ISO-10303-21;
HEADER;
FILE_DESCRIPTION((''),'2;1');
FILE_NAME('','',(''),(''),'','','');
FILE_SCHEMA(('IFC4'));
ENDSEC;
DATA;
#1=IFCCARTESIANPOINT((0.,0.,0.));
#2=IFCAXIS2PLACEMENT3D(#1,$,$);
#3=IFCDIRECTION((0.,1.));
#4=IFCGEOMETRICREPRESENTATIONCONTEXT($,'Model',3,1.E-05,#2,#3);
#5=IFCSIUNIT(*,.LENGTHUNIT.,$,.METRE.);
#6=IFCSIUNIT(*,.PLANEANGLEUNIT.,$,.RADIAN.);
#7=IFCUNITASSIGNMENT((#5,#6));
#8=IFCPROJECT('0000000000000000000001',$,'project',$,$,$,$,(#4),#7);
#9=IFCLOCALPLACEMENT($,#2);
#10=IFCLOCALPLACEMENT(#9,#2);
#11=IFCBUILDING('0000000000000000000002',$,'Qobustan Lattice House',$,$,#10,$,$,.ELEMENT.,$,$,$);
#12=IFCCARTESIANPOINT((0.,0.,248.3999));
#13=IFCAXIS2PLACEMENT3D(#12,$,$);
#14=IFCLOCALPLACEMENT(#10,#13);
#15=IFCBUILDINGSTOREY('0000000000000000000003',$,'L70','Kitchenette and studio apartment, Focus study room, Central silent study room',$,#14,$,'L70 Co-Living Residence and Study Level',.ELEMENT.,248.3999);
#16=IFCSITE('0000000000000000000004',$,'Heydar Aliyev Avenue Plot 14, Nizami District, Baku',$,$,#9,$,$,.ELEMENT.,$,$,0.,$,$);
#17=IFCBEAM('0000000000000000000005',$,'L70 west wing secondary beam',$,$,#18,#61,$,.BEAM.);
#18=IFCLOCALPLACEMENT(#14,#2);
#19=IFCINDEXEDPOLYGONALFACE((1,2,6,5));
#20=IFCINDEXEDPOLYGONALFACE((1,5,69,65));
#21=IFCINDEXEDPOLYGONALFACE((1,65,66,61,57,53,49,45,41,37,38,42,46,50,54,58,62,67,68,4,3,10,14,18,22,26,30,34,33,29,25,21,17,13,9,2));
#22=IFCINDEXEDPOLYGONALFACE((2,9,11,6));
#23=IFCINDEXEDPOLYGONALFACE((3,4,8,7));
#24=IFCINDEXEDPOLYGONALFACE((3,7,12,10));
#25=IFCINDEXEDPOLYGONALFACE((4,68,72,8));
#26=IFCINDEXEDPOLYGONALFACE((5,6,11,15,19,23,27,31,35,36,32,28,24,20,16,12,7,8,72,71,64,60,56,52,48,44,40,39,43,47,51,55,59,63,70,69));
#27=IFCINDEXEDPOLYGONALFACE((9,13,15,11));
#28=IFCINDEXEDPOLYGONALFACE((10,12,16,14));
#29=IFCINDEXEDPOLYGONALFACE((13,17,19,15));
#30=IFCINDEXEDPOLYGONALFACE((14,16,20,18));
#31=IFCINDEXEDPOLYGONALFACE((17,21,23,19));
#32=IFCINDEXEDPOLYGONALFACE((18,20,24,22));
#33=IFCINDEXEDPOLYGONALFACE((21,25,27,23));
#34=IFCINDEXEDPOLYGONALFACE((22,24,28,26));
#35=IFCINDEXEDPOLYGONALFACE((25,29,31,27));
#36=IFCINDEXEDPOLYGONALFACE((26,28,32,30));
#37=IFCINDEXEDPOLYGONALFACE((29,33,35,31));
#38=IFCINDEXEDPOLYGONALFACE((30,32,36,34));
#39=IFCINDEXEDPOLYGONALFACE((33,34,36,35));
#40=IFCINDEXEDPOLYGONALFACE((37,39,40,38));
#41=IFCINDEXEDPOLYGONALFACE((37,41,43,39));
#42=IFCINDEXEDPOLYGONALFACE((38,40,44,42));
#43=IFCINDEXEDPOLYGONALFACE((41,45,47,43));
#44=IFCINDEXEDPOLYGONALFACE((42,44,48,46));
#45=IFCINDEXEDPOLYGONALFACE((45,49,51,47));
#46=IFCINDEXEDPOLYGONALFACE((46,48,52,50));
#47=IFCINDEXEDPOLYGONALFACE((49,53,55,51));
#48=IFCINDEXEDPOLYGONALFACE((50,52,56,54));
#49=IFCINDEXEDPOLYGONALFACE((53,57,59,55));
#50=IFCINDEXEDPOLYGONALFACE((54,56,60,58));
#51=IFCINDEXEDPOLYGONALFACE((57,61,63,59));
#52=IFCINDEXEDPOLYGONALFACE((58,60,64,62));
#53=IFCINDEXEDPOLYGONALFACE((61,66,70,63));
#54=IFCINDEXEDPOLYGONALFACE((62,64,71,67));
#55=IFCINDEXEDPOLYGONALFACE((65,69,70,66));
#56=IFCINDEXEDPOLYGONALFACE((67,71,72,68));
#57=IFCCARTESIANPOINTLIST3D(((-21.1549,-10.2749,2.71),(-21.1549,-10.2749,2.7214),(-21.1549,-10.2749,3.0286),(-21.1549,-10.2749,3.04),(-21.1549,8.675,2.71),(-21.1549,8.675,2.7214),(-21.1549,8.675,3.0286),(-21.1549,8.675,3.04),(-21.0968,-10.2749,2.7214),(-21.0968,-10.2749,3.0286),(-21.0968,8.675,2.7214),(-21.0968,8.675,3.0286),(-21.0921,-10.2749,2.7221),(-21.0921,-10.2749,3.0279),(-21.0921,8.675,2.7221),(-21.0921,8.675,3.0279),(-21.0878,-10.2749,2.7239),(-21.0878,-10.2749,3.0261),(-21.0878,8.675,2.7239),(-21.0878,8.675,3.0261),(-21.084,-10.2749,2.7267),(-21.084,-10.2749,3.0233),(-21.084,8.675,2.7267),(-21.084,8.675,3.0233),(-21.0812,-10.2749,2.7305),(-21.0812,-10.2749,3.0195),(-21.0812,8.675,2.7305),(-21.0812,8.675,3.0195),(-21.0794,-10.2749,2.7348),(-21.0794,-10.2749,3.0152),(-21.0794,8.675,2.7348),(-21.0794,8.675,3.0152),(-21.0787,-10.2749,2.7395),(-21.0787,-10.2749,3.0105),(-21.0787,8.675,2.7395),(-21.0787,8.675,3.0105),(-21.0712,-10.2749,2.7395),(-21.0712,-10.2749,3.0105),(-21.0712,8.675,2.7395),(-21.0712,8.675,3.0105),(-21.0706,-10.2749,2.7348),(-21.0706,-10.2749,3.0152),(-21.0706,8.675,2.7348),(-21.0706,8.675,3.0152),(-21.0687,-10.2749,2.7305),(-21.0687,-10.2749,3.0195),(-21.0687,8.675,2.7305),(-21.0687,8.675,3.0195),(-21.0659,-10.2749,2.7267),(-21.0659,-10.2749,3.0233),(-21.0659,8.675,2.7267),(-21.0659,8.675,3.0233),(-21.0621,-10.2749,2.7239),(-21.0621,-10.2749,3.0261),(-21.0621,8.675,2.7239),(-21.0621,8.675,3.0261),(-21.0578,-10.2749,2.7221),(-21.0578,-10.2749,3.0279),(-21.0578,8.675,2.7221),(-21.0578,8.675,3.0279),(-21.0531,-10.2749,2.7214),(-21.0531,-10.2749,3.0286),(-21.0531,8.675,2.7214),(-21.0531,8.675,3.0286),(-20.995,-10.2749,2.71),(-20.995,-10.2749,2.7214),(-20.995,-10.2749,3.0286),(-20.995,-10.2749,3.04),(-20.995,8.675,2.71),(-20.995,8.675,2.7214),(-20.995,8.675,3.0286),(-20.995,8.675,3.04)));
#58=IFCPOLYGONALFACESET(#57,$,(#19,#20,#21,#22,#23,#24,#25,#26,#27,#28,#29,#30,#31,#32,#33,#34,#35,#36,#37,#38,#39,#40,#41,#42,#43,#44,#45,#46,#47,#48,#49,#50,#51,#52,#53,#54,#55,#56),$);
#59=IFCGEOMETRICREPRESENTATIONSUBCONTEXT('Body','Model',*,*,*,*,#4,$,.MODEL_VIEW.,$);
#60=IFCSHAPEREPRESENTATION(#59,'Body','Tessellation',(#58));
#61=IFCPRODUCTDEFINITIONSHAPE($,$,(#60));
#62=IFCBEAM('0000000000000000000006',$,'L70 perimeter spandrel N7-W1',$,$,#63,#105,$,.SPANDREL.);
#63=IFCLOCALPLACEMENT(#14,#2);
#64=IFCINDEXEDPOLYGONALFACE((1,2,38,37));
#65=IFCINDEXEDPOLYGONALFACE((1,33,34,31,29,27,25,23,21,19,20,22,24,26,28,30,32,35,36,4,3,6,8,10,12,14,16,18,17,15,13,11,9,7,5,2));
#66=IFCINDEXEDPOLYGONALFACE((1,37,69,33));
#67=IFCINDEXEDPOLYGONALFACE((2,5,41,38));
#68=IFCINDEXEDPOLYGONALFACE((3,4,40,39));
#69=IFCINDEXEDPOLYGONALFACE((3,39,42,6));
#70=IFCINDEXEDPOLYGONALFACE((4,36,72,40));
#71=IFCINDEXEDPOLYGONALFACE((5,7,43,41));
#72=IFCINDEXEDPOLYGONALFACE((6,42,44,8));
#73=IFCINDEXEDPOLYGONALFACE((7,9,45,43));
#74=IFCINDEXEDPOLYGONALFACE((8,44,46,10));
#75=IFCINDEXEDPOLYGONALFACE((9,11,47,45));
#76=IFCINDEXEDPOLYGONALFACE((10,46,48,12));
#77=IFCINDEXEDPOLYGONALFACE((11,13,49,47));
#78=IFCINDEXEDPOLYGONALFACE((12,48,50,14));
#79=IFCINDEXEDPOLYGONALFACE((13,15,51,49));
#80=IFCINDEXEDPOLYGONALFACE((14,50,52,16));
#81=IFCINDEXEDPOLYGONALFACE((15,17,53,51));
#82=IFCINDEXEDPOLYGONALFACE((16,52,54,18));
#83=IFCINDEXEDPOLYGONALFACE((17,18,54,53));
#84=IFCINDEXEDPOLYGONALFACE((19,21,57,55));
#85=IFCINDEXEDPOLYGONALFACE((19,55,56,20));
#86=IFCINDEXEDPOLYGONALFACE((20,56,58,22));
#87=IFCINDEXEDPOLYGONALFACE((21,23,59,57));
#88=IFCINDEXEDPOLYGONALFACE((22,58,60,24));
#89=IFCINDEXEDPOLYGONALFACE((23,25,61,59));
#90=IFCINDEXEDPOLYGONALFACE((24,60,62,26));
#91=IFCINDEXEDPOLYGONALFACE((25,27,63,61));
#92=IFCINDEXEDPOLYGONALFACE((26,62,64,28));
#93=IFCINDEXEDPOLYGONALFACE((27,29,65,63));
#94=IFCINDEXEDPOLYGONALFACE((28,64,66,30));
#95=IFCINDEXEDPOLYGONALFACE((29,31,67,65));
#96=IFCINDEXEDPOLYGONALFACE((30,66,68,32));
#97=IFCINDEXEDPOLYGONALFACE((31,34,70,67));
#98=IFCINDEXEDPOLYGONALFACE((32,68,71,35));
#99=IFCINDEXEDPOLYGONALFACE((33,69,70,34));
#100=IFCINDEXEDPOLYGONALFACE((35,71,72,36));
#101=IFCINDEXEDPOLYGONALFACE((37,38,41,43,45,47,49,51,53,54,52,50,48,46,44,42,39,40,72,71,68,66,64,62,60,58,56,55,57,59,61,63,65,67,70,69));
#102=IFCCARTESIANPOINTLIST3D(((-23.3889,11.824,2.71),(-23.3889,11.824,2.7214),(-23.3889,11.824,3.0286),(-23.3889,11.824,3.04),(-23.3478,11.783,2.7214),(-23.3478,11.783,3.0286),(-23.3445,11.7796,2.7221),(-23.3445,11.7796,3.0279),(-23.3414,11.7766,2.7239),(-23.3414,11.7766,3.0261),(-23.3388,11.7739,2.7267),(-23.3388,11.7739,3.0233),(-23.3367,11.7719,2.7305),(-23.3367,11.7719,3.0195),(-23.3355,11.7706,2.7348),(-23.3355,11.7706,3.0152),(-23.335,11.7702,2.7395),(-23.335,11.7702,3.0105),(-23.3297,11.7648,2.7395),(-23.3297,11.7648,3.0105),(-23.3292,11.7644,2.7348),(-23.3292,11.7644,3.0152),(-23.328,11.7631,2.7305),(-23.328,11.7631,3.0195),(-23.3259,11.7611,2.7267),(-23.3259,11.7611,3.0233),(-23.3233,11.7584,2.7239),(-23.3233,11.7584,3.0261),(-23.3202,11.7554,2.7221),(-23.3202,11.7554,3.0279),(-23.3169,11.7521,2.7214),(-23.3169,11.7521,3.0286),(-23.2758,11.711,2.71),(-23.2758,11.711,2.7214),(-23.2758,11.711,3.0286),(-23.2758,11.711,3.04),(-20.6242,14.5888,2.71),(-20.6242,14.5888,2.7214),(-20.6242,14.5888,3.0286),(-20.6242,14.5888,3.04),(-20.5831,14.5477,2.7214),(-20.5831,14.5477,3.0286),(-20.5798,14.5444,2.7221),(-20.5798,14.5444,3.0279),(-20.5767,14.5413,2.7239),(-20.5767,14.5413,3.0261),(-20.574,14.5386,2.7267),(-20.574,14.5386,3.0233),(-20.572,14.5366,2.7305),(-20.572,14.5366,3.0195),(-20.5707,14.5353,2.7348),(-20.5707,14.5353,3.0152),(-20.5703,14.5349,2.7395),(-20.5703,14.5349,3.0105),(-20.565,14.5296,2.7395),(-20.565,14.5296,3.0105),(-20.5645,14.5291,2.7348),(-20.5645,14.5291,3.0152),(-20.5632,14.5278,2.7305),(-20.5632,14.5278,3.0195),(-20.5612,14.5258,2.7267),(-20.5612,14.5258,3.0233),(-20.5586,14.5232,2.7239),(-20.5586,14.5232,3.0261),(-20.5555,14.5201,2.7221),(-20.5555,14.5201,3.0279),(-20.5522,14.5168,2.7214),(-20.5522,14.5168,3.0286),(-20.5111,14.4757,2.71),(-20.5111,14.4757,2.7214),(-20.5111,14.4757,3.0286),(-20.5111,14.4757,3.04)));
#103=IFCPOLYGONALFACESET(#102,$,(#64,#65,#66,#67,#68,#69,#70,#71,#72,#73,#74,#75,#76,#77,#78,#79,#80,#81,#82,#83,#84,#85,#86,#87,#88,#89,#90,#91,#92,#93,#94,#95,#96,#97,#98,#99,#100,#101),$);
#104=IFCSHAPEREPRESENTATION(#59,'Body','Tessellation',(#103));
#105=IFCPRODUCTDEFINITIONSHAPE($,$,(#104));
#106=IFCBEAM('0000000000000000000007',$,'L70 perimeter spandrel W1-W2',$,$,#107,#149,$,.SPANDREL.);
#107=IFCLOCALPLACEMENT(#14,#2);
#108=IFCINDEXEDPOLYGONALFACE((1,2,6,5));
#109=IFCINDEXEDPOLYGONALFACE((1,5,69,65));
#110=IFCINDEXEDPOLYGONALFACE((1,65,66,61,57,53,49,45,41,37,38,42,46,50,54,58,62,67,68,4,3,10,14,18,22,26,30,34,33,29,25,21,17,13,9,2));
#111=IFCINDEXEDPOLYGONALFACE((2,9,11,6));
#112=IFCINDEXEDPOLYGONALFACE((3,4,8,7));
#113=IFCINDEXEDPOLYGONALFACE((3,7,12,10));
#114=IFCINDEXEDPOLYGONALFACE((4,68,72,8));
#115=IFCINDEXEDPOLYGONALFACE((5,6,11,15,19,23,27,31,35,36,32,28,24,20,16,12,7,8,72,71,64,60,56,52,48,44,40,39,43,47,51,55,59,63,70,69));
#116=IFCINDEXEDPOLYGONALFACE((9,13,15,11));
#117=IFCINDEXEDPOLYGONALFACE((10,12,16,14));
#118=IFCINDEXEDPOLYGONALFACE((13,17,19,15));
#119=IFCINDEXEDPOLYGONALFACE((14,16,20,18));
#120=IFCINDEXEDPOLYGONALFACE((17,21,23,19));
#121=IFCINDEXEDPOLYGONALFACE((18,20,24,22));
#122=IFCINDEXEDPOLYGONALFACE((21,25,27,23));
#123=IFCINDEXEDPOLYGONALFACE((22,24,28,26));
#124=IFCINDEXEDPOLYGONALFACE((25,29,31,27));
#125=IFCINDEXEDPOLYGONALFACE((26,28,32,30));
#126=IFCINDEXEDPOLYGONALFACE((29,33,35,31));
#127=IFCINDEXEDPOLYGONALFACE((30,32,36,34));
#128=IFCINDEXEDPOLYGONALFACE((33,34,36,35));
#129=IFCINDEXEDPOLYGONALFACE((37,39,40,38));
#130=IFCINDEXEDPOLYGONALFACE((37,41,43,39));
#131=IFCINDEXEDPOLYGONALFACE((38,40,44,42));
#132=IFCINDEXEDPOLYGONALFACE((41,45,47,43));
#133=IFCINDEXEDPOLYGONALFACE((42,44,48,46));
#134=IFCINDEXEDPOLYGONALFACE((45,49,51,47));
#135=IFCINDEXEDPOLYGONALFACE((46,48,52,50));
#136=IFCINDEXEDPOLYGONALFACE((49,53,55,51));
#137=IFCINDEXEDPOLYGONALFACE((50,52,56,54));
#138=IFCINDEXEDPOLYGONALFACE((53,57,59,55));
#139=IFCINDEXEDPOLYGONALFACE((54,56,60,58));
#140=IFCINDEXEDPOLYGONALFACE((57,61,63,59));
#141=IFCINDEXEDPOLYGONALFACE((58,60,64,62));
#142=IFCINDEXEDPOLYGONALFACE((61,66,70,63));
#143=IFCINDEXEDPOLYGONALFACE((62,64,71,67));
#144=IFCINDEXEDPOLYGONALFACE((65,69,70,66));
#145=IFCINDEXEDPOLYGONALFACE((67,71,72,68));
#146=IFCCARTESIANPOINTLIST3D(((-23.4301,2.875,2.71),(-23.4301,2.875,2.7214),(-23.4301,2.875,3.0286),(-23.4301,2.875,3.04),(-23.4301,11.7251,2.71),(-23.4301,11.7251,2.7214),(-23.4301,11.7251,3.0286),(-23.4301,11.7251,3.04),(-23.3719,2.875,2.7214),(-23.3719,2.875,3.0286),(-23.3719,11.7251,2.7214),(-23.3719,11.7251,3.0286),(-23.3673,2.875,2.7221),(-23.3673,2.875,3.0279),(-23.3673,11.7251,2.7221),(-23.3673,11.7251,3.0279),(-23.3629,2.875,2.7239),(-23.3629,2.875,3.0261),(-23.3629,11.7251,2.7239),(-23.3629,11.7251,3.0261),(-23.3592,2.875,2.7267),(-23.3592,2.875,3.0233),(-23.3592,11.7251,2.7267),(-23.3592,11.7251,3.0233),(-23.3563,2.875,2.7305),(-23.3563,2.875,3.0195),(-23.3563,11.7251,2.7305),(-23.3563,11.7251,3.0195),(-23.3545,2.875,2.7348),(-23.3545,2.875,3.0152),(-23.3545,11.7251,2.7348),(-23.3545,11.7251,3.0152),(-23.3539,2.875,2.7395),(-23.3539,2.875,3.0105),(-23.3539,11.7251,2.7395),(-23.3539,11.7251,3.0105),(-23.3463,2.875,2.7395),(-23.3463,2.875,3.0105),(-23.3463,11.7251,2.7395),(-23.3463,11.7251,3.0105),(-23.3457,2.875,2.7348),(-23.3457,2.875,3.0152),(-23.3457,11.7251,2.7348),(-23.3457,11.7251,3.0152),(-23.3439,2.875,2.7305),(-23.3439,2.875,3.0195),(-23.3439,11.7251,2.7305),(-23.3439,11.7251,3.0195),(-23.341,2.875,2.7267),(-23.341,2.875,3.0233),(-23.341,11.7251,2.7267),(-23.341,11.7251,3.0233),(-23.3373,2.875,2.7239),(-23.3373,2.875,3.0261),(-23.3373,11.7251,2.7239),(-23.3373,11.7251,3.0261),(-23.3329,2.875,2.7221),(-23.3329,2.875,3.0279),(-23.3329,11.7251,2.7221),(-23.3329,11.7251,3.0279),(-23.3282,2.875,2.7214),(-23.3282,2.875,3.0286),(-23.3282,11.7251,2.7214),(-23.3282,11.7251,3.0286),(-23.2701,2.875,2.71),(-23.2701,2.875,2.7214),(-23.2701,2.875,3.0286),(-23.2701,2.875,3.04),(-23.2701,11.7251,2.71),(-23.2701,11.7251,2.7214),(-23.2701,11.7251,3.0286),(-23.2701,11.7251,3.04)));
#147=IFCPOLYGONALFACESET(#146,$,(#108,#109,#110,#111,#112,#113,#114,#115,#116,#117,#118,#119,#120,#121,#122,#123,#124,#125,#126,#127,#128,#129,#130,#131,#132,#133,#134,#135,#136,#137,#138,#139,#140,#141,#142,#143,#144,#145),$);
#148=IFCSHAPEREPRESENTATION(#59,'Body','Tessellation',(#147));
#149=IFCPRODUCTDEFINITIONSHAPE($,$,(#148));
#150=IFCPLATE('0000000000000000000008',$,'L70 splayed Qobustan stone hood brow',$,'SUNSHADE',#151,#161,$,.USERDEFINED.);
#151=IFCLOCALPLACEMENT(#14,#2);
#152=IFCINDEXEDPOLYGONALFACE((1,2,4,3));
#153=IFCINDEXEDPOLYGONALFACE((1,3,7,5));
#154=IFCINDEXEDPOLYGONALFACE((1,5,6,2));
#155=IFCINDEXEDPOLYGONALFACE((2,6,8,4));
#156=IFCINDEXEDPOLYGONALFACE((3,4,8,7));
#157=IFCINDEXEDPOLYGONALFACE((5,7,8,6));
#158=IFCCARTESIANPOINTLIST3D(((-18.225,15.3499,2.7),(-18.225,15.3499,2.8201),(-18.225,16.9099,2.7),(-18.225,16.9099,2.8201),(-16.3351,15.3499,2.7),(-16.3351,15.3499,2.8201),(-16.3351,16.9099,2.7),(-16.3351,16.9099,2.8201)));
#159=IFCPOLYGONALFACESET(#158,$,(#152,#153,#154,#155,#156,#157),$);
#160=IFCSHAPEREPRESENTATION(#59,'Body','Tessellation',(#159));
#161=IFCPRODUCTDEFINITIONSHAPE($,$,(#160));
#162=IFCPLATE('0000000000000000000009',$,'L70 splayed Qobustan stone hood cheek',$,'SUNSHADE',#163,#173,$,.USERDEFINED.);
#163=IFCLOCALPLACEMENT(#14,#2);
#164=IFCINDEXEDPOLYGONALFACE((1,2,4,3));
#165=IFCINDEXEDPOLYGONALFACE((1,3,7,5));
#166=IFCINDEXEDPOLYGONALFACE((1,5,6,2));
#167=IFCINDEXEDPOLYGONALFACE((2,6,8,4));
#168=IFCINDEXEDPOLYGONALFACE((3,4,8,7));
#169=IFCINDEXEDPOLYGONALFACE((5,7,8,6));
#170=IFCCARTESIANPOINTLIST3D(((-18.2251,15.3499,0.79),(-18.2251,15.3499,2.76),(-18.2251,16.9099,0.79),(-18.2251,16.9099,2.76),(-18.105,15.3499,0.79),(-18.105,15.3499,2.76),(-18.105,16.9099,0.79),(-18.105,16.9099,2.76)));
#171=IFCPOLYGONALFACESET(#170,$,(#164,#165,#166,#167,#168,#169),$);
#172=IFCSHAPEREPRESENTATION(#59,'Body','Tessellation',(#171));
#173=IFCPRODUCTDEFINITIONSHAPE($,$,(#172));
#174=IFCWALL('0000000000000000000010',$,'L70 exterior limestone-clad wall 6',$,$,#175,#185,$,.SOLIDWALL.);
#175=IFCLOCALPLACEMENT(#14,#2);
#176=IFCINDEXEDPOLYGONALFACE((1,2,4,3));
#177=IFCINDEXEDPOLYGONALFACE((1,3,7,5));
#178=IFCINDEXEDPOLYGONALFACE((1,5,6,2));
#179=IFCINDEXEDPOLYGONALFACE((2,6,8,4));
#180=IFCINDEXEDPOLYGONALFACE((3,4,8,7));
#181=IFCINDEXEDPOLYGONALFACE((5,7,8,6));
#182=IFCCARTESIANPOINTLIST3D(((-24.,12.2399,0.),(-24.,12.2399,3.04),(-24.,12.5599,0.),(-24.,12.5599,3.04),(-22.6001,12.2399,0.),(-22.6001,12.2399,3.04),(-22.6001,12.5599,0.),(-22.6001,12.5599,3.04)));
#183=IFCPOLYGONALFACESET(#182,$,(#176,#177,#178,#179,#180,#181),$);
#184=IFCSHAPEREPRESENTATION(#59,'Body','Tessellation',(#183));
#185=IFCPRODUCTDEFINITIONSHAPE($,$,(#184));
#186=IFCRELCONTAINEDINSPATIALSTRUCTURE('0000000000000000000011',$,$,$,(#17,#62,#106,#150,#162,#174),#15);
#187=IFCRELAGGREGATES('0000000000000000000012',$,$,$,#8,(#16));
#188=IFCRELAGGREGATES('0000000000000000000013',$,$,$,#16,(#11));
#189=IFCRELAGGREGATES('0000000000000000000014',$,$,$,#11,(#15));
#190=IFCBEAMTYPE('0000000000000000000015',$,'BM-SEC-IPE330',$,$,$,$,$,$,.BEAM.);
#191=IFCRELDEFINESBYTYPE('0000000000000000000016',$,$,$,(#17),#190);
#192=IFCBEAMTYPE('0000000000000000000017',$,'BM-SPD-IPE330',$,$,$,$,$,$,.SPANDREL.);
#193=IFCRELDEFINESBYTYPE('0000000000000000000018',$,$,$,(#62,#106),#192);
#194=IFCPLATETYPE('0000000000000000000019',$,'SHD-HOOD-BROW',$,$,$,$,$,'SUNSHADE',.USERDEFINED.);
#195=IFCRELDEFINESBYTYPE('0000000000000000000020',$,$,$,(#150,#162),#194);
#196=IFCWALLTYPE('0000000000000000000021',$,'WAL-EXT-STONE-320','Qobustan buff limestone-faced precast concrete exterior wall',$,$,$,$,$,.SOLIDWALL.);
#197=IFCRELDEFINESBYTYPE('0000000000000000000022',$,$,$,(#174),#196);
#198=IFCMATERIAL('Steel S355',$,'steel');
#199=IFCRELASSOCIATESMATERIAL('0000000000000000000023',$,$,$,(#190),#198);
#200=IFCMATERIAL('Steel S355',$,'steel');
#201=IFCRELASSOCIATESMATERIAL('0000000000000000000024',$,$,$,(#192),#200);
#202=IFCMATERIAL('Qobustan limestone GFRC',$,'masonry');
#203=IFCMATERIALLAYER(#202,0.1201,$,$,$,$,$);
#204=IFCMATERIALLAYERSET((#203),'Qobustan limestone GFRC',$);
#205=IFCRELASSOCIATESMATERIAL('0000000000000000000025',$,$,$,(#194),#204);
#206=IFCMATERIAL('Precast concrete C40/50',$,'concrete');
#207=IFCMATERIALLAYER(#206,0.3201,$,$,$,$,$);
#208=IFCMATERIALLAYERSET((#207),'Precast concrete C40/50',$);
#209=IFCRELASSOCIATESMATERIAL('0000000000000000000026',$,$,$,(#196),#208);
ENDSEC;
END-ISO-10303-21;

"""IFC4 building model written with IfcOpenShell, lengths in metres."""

from ifc_helpers import new_model, si_unit, direction, frame, frame_2d, origin, origin_2d, place, context, subcontext, project, spatial, rectangle, i_section, extrude, material, layer, layer_set, material_profile, profile_set, type_object, element, save


model = new_model("IFC4")

# Units and contexts
model_context = context("Model", 3, precision=1e-05, world=origin(), true_north=direction((0.0, 1.0)))
body_context = subcontext(model_context, "Body", "Model", "MODEL_VIEW")
ifc_project = project(units=[si_unit("LENGTHUNIT", "METRE"), si_unit("PLANEANGLEUNIT", "RADIAN")], contexts=[model_context])

# Site, building, storey
site_placement = place(None, origin())
site = spatial("IfcSite", under=ifc_project, at=site_placement, Name="Heydar Aliyev Avenue Plot 14, Nizami District, Baku", CompositionType="ELEMENT", RefElevation=0.0)
building_placement = place(site_placement, origin())
building = spatial("IfcBuilding", under=site, at=building_placement, Name="Qobustan Lattice House", CompositionType="ELEMENT")
storey_placement = place(building_placement, frame((0.0, 0.0, 248.3999)))
storey = spatial("IfcBuildingStorey", under=building, at=storey_placement, Name="L70", Description="Kitchenette and studio apartment, Focus study room, Central silent study room", LongName="L70 Co-Living Residence and Study Level", CompositionType="ELEMENT", Elevation=248.3999)

# Beams
ifc_material_1 = material(Name="Steel S355", Category="steel")
ifc_material_profile_1 = material_profile(ifc_material_1, i_section(OverallWidth=0.1599, OverallDepth=0.3301, WebThickness=0.0076, FlangeThickness=0.0115, FilletRadius=0.0181, at=origin_2d()), Name="IPE330")
ifc_profile_set_1 = profile_set([ifc_material_profile_1], Name="Steel S355")
beam_type_1 = type_object("IfcBeamType", Name="BM-SEC-IPE330", PredefinedType="BEAM", material=ifc_profile_set_1)
beam_1_placement = place(storey_placement, frame((-21.075, 8.675, 2.875), z_axis=(0.0, -1.0, 0.0), x_axis=(1.0, 0.0, 0.0)))
element("IfcBeam", 1, at=beam_1_placement, inside=storey, type_object=beam_type_1, Name="L70 west wing secondary beam", PredefinedType="BEAM", context=body_context, shape_type="SweptSolid", body=[
    extrude(i_section(OverallWidth=0.1599, OverallDepth=0.3301, WebThickness=0.0076, FlangeThickness=0.0115, FilletRadius=0.0181, at=origin_2d()), origin(), (0.0, 0.0, 1.0), 18.95),
])
ifc_material_2 = material(Name="Steel S355", Category="steel")
ifc_material_profile_2 = material_profile(ifc_material_2, i_section(OverallWidth=0.1599, OverallDepth=0.3301, WebThickness=0.0076, FlangeThickness=0.0115, FilletRadius=0.0181, at=origin_2d()), Name="IPE330")
ifc_profile_set_2 = profile_set([ifc_material_profile_2], Name="Steel S355")
beam_type_2 = type_object("IfcBeamType", Name="BM-SPD-IPE330", PredefinedType="SPANDREL", material=ifc_profile_set_2)
beam_2_placement = place(storey_placement, frame((-20.5676, 14.5322, 2.875), z_axis=(-0.707107, -0.707107, 0.0), x_axis=(0.707107, -0.707107, 0.0)))
element("IfcBeam", 2, at=beam_2_placement, inside=storey, type_object=beam_type_2, Name="L70 perimeter spandrel N7-W1", PredefinedType="SPANDREL", context=body_context, shape_type="SweptSolid", body=[
    extrude(i_section(OverallWidth=0.1599, OverallDepth=0.3301, WebThickness=0.0076, FlangeThickness=0.0115, FilletRadius=0.0181, at=origin_2d()), origin(), (0.0, 0.0, 1.0), 3.9099),
])
beam_3_placement = place(storey_placement, frame((-23.3501, 11.7251, 2.875), z_axis=(0.0, -1.0, 0.0), x_axis=(1.0, 0.0, 0.0)))
element("IfcBeam", 3, at=beam_3_placement, inside=storey, type_object=beam_type_2, Name="L70 perimeter spandrel W1-W2", PredefinedType="SPANDREL", context=body_context, shape_type="SweptSolid", body=[
    extrude(i_section(OverallWidth=0.1599, OverallDepth=0.3301, WebThickness=0.0076, FlangeThickness=0.0115, FilletRadius=0.0181, at=origin_2d()), origin(), (0.0, 0.0, 1.0), 8.8501),
])

# Plates
ifc_material_3 = material(Name="Qobustan limestone GFRC", Category="masonry")
ifc_layer_1 = layer(ifc_material_3, 0.1201)
ifc_layer_set_1 = layer_set([ifc_layer_1], Name="Qobustan limestone GFRC")
plate_type = type_object("IfcPlateType", Name="SHD-HOOD-BROW", ElementType="SUNSHADE", PredefinedType="USERDEFINED", material=ifc_layer_set_1)
plate_1_placement = place(storey_placement, frame((-17.28, 16.1299, 2.7), z_axis=(0.0, 0.0, 1.0), x_axis=(1.0, 0.0, 0.0)))
element("IfcPlate", 4, at=plate_1_placement, inside=storey, type_object=plate_type, Name="L70 splayed Qobustan stone hood brow", ObjectType="SUNSHADE", PredefinedType="USERDEFINED", context=body_context, shape_type="SweptSolid", body=[
    extrude(rectangle(XDim=1.8899, YDim=1.5601, at=origin_2d()), origin(), (0.0, 0.0, 1.0), 0.1201),
])
plate_2_placement = place(storey_placement, frame((-18.165, 16.1299, 0.79), z_axis=(0.0, 0.0, 1.0), x_axis=(1.0, 0.0, 0.0)))
element("IfcPlate", 5, at=plate_2_placement, inside=storey, type_object=plate_type, Name="L70 splayed Qobustan stone hood cheek", ObjectType="SUNSHADE", PredefinedType="USERDEFINED", context=body_context, shape_type="SweptSolid", body=[
    extrude(rectangle(XDim=0.1201, YDim=1.5601, at=origin_2d()), origin(), (0.0, 0.0, 1.0), 1.97),
])

# Wall
ifc_material_4 = material(Name="Precast concrete C40/50", Category="concrete")
ifc_layer_2 = layer(ifc_material_4, 0.3201)
ifc_layer_set_2 = layer_set([ifc_layer_2], Name="Precast concrete C40/50")
wall_type_1 = type_object("IfcWallType", Name="WAL-EXT-STONE-320", Description="Qobustan buff limestone-faced precast concrete exterior wall", PredefinedType="SOLIDWALL", material=ifc_layer_set_2)
wall_1_placement = place(storey_placement, frame((-24.0, 12.3999, 0.0), z_axis=(0.0, 0.0, 1.0), x_axis=(1.0, 0.0, 0.0)))
element("IfcWall", 6, at=wall_1_placement, inside=storey, type_object=wall_type_1, Name="L70 exterior limestone-clad wall 6", PredefinedType="SOLIDWALL", context=body_context, shape_type="SweptSolid", body=[
    extrude(rectangle(XDim=1.3999, YDim=0.3201, at=frame_2d((0.7, 0.0))), origin(), (0.0, 0.0, 1.0), 3.04),
])

save(model, "model.ifc")
